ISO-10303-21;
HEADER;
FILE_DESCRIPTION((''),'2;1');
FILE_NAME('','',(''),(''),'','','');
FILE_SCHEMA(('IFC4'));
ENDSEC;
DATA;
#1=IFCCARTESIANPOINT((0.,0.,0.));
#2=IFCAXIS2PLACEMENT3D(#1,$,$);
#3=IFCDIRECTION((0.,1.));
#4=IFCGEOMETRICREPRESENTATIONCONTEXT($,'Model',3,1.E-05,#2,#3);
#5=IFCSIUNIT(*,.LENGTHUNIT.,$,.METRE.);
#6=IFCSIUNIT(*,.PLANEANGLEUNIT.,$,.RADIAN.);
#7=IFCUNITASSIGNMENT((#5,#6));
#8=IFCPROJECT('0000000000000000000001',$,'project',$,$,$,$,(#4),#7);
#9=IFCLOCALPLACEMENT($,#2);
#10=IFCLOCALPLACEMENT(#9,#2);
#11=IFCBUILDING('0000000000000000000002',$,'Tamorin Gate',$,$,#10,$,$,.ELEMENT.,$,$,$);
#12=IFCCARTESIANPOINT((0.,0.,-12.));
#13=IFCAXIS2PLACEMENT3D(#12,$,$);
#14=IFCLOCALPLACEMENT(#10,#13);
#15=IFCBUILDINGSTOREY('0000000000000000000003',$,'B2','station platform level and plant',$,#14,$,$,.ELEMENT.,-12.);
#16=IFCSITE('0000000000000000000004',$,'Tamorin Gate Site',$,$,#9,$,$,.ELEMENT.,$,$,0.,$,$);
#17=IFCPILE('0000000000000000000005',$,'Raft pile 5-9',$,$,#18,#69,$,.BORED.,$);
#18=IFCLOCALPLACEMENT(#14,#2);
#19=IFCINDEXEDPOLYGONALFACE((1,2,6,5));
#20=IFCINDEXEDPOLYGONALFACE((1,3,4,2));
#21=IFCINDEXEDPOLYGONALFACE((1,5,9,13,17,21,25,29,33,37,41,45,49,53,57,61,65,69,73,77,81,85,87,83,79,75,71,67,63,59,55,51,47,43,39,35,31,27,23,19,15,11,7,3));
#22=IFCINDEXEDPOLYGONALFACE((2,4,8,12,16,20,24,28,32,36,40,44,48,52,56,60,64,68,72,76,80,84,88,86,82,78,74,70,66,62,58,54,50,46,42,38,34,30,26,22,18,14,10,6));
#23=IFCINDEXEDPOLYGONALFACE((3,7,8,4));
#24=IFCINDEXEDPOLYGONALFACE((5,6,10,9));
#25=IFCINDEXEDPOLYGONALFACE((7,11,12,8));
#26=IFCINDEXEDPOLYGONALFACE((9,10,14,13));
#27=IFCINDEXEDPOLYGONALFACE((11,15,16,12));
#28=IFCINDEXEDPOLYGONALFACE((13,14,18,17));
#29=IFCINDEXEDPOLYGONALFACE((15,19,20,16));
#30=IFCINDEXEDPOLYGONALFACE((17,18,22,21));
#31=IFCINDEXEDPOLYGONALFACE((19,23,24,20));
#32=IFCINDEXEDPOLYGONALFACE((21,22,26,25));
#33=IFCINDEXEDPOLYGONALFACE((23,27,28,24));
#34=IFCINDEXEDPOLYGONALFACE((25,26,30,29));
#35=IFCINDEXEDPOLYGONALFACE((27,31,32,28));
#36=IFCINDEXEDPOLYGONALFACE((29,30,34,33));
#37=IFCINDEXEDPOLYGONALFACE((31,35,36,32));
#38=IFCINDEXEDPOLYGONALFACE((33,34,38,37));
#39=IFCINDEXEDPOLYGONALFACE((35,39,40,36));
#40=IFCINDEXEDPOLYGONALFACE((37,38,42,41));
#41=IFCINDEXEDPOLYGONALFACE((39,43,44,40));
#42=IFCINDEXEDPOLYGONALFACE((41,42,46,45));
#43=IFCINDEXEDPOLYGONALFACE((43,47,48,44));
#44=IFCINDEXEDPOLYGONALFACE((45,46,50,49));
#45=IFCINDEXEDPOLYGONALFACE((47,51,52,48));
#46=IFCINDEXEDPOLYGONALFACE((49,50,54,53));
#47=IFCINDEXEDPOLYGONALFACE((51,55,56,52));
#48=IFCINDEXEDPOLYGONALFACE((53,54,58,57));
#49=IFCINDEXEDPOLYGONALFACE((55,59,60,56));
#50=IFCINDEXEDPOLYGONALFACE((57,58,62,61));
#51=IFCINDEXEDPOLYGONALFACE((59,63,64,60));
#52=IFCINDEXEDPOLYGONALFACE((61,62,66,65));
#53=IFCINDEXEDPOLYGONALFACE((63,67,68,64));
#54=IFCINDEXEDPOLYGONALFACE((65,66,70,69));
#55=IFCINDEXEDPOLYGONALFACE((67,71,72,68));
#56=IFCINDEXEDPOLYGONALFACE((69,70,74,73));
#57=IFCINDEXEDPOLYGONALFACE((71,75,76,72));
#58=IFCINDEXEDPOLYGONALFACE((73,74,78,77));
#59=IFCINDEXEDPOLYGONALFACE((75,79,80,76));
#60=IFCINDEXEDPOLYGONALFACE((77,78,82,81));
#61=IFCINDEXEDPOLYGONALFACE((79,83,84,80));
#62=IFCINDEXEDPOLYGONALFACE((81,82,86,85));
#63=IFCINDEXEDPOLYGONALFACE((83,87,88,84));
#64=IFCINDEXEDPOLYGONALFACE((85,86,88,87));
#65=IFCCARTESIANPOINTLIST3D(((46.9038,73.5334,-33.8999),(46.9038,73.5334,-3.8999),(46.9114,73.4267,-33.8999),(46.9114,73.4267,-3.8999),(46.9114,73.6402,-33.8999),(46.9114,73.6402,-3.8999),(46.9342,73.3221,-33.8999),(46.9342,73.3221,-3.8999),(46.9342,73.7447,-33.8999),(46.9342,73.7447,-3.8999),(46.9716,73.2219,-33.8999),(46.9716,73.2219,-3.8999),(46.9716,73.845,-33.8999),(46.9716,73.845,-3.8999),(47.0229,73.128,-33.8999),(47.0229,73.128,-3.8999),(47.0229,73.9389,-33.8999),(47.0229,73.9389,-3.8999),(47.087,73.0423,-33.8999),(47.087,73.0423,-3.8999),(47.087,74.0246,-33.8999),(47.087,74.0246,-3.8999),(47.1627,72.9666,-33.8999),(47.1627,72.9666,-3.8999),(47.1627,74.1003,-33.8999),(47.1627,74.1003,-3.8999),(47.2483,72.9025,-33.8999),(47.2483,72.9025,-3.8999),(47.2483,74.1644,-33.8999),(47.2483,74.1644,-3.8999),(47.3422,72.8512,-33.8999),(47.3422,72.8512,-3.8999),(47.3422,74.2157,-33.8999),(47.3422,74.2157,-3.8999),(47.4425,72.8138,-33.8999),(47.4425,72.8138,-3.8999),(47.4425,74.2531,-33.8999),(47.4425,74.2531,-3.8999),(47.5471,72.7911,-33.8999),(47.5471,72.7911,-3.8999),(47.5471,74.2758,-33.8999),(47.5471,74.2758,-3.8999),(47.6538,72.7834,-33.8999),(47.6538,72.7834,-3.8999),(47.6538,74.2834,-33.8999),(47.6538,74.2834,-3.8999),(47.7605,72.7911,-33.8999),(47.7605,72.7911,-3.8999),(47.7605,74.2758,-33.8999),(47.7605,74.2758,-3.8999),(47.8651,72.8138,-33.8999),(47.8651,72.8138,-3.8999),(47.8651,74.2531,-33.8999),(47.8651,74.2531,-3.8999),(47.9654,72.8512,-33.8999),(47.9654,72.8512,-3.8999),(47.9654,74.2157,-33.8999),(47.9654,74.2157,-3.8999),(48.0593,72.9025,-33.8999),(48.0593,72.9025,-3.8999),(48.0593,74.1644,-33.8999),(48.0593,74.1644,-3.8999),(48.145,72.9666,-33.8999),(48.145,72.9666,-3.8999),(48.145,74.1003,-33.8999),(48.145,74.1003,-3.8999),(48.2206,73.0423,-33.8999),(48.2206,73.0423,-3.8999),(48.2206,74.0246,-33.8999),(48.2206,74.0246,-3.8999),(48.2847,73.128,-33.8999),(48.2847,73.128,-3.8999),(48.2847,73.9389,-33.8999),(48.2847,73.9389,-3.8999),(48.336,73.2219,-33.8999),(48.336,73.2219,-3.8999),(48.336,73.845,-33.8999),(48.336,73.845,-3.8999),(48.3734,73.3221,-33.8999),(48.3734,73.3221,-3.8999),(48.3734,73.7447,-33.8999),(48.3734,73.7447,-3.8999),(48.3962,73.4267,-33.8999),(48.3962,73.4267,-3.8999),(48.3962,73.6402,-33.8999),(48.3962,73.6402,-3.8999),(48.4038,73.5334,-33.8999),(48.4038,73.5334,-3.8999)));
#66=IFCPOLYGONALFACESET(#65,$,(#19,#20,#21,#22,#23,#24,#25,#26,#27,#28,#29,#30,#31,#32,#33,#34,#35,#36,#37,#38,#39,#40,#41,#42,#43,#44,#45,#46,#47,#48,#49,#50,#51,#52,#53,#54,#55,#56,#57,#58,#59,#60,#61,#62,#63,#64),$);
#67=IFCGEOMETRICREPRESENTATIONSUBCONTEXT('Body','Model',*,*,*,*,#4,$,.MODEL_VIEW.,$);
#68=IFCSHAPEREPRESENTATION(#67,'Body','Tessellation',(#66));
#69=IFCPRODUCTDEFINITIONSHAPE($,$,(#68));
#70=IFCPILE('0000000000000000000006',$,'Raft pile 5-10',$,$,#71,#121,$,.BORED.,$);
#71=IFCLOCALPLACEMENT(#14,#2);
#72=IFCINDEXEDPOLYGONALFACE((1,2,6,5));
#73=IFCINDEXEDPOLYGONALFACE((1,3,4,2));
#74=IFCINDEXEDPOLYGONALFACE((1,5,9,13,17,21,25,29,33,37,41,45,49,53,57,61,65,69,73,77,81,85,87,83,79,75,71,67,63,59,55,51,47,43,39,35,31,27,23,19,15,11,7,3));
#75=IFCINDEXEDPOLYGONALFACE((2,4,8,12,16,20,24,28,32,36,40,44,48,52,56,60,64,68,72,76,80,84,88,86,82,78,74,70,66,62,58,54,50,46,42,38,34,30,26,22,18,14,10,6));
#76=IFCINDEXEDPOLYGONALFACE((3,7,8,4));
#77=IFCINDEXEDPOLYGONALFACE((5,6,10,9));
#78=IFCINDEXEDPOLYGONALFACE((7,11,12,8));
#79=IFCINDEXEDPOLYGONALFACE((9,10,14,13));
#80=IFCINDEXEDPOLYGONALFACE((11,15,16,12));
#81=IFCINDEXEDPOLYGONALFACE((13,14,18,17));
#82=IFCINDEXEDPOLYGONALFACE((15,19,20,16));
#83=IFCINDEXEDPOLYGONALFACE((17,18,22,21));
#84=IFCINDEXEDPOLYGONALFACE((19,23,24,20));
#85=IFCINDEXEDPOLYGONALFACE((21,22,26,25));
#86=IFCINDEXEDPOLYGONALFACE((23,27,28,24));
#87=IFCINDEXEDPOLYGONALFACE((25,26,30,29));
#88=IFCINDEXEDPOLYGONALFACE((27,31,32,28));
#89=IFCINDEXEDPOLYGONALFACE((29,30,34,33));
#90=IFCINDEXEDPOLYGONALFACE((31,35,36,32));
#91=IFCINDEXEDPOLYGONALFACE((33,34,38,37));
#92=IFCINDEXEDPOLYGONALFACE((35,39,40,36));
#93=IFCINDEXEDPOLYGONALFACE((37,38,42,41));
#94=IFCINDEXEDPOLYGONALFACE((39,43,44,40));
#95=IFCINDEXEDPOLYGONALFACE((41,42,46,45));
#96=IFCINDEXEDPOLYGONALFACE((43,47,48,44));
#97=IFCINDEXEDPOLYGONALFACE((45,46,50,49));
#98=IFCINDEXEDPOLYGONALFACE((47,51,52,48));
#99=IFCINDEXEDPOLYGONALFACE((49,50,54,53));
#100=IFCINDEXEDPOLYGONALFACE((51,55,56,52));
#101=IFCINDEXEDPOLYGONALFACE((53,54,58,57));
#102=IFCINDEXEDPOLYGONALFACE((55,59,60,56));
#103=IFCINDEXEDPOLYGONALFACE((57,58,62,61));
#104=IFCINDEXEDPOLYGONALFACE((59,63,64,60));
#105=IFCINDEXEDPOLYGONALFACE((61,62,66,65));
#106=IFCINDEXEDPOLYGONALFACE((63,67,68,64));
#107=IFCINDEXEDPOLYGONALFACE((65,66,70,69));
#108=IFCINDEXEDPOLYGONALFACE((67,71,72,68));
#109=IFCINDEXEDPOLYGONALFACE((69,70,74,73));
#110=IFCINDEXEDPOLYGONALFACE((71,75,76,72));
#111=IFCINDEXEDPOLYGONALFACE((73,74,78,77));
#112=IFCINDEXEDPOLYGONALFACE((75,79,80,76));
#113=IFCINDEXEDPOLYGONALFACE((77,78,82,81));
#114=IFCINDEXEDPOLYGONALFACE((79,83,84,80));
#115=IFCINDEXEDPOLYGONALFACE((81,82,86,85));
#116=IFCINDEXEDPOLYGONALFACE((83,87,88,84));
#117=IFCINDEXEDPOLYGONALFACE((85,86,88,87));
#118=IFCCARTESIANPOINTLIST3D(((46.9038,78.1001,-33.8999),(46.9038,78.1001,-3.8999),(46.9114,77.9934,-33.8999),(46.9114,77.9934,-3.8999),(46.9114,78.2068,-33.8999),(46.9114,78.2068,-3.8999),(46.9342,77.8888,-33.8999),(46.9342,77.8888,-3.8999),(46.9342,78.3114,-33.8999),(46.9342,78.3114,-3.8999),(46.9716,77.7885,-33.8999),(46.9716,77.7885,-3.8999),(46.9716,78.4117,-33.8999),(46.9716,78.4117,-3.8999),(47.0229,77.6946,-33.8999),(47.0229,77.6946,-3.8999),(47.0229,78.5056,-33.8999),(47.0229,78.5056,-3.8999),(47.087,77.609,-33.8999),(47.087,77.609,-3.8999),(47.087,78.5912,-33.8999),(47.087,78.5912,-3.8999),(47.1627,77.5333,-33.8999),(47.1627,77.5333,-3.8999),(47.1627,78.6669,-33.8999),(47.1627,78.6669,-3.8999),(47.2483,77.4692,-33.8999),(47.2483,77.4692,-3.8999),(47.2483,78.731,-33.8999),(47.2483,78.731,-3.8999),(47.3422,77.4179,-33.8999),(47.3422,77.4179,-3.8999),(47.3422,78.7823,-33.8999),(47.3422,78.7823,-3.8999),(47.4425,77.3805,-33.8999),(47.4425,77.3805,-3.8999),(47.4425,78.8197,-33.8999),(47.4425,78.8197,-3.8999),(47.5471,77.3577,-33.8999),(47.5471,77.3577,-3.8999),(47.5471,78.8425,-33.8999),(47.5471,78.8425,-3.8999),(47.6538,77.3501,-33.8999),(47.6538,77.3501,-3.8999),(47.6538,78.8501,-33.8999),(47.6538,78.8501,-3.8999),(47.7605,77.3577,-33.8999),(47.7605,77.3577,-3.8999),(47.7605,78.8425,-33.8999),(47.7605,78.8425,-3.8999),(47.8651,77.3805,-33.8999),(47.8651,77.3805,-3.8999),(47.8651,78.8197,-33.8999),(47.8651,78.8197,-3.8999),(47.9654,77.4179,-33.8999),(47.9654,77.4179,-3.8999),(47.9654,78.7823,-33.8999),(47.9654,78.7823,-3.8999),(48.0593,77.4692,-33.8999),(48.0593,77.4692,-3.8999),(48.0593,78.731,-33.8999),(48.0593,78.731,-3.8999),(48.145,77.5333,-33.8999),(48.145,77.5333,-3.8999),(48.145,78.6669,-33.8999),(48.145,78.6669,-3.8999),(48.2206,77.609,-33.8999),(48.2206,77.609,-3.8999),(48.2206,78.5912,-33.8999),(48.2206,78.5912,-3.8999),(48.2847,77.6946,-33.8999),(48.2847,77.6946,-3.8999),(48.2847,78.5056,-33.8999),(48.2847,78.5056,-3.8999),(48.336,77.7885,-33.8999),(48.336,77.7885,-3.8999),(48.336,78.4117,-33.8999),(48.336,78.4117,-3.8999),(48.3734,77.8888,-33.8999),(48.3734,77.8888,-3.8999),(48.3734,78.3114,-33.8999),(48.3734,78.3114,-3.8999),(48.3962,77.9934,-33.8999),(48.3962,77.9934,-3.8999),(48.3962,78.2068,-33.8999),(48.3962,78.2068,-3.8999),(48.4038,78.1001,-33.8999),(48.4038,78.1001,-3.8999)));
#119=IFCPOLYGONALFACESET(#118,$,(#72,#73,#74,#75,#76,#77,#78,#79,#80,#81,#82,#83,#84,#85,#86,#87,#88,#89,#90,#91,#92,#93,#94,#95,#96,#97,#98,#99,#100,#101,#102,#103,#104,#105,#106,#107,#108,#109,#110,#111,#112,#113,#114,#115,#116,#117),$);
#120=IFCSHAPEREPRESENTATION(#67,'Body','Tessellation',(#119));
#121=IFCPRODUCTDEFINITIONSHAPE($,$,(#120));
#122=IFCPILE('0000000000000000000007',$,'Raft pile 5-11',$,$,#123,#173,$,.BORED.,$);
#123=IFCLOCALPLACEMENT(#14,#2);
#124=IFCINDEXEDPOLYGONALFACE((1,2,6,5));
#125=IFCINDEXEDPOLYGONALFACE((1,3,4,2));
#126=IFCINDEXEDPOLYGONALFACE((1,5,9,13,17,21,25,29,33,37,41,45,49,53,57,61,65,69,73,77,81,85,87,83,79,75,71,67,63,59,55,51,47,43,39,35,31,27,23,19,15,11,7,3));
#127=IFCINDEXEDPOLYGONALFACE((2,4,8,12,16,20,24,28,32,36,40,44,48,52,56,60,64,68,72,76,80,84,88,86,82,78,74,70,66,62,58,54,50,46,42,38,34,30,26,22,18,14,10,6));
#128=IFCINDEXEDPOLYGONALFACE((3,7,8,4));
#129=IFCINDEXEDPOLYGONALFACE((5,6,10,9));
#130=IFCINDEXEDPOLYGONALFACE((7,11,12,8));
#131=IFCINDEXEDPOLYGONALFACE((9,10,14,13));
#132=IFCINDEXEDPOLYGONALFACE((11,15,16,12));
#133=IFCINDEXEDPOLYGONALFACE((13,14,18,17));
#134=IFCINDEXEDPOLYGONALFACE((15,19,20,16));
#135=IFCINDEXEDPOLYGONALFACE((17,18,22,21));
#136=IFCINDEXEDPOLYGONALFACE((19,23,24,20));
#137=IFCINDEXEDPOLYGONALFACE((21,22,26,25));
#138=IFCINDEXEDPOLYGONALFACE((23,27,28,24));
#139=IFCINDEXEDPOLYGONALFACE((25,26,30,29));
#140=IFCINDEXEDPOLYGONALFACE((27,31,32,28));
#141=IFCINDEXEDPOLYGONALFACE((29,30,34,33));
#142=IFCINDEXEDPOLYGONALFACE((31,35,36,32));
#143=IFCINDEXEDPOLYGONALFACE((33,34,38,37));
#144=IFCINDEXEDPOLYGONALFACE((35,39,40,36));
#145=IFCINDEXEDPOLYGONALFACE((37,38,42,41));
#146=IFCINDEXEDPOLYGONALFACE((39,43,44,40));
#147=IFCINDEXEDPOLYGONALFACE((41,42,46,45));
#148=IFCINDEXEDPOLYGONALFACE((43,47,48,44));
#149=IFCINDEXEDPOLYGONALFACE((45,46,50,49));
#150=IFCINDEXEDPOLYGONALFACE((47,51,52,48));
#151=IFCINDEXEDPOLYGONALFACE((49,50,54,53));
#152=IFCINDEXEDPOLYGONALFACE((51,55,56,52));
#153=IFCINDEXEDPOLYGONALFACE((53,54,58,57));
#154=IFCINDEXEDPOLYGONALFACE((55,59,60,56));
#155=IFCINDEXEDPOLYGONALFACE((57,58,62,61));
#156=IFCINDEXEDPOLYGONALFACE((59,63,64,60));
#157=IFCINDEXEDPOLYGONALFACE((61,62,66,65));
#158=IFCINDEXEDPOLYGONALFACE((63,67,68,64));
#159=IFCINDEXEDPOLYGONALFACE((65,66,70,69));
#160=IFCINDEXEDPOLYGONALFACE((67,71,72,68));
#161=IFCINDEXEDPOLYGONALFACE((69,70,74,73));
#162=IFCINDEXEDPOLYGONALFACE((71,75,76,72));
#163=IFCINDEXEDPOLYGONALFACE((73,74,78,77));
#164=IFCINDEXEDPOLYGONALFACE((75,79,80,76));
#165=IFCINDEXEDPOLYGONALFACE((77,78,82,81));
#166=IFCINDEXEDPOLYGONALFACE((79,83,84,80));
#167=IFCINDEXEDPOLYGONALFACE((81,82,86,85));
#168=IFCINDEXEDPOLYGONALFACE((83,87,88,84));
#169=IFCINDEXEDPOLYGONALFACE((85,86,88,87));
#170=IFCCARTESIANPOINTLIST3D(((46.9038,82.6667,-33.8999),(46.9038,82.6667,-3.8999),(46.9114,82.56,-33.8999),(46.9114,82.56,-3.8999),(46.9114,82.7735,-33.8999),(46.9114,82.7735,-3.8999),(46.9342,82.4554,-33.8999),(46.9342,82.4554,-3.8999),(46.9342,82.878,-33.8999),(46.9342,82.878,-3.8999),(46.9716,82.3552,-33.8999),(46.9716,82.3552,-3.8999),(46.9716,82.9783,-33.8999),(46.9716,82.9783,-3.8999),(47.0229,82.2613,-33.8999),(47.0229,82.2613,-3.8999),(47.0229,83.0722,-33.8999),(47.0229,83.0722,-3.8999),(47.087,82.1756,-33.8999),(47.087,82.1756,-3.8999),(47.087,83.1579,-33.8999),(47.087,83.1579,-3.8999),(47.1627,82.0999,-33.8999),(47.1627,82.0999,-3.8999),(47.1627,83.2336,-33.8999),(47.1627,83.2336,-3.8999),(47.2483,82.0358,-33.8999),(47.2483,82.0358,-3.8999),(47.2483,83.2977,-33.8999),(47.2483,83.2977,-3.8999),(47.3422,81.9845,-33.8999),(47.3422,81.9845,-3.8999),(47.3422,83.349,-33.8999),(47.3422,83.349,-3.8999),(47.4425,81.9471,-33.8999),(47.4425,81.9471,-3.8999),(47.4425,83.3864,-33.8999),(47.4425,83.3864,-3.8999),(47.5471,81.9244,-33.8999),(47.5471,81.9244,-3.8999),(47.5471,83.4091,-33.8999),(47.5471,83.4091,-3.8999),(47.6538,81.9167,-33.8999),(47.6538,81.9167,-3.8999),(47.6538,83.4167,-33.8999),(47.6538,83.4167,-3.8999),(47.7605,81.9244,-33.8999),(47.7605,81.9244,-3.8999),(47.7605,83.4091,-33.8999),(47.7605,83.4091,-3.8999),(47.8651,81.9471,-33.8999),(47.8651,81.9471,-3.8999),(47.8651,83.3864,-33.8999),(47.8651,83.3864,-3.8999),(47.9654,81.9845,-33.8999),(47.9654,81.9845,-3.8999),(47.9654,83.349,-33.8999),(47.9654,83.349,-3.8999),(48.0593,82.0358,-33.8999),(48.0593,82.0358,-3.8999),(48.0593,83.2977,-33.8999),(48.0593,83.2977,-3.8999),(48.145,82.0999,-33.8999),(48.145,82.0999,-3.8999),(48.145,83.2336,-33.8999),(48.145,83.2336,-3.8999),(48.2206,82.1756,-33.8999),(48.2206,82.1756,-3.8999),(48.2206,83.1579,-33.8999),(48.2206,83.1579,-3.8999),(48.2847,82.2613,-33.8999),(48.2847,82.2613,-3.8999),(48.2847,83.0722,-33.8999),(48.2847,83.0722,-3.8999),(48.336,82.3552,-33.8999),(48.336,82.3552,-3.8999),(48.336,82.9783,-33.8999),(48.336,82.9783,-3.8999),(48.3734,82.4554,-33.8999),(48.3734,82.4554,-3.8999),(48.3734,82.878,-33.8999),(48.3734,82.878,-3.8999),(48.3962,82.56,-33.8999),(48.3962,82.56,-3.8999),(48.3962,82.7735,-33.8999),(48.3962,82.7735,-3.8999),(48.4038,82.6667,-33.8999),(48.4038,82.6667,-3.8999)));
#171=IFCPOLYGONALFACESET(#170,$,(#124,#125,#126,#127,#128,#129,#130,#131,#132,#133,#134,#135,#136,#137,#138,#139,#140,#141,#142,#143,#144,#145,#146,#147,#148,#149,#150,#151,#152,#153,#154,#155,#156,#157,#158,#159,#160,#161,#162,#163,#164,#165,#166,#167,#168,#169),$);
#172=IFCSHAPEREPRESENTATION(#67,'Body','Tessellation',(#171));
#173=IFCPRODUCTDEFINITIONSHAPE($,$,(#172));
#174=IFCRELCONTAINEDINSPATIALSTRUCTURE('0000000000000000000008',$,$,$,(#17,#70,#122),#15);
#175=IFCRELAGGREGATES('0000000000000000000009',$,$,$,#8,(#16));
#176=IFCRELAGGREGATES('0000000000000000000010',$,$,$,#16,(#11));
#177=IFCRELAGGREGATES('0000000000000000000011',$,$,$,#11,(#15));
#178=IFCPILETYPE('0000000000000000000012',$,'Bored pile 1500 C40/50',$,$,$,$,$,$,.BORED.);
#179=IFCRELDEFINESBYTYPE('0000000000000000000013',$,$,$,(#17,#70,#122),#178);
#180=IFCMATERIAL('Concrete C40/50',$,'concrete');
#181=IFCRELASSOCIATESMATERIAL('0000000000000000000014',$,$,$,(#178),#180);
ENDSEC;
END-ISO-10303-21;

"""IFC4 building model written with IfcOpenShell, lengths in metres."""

from ifc_helpers import new_model, si_unit, direction, frame, origin, origin_2d, place, context, subcontext, project, spatial, circle, extrude, material, material_profile, profile_set, type_object, element, save


model = new_model("IFC4")

# Units and contexts
model_context = context("Model", 3, precision=1e-05, world=origin(), true_north=direction((0.0, 1.0)))
body_context = subcontext(model_context, "Body", "Model", "MODEL_VIEW")
ifc_project = project(units=[si_unit("LENGTHUNIT", "METRE"), si_unit("PLANEANGLEUNIT", "RADIAN")], contexts=[model_context])

# Site, building, storey
site_placement = place(None, origin())
site = spatial("IfcSite", under=ifc_project, at=site_placement, Name="Tamorin Gate Site", CompositionType="ELEMENT", RefElevation=0.0)
building_placement = place(site_placement, origin())
building = spatial("IfcBuilding", under=site, at=building_placement, Name="Tamorin Gate", CompositionType="ELEMENT")
storey_placement = place(building_placement, frame((0.0, 0.0, -12.0)))
storey = spatial("IfcBuildingStorey", under=building, at=storey_placement, Name="B2", Description="station platform level and plant", CompositionType="ELEMENT", Elevation=-12.0)

# Piles
ifc_material_1 = material(Name="Concrete C40/50", Category="concrete")
ifc_material_profile_1 = material_profile(ifc_material_1, circle(Radius=0.75, at=origin_2d()))
ifc_profile_set_1 = profile_set([ifc_material_profile_1], Name="Concrete C40/50")
pile_type = type_object("IfcPileType", Name="Bored pile 1500 C40/50", PredefinedType="BORED", material=ifc_profile_set_1)
for number, where, z_axis, x_axis, name in (
    (1, (47.6538, 73.5334, -3.8999), (0.0, 0.0, -1.0), (1.0, 0.0, 0.0), "Raft pile 5-9"),
    (2, (47.6538, 78.1001, -3.8999), (0.0, 0.0, -1.0), (1.0, 0.0, 0.0), "Raft pile 5-10"),
    (3, (47.6538, 82.6667, -3.8999), (0.0, 0.0, -1.0), (1.0, 0.0, 0.0), "Raft pile 5-11"),
):
    element("IfcPile", number, at=place(storey_placement, frame(where, z_axis=z_axis, x_axis=x_axis)), inside=storey, type_object=pile_type, Name=name, PredefinedType="BORED", context=body_context, shape_type="SweptSolid", body=[
        extrude(circle(Radius=0.75, at=origin_2d()), origin(), (0.0, 0.0, 1.0), 30.0),
    ])

save(model, "model.ifc")
